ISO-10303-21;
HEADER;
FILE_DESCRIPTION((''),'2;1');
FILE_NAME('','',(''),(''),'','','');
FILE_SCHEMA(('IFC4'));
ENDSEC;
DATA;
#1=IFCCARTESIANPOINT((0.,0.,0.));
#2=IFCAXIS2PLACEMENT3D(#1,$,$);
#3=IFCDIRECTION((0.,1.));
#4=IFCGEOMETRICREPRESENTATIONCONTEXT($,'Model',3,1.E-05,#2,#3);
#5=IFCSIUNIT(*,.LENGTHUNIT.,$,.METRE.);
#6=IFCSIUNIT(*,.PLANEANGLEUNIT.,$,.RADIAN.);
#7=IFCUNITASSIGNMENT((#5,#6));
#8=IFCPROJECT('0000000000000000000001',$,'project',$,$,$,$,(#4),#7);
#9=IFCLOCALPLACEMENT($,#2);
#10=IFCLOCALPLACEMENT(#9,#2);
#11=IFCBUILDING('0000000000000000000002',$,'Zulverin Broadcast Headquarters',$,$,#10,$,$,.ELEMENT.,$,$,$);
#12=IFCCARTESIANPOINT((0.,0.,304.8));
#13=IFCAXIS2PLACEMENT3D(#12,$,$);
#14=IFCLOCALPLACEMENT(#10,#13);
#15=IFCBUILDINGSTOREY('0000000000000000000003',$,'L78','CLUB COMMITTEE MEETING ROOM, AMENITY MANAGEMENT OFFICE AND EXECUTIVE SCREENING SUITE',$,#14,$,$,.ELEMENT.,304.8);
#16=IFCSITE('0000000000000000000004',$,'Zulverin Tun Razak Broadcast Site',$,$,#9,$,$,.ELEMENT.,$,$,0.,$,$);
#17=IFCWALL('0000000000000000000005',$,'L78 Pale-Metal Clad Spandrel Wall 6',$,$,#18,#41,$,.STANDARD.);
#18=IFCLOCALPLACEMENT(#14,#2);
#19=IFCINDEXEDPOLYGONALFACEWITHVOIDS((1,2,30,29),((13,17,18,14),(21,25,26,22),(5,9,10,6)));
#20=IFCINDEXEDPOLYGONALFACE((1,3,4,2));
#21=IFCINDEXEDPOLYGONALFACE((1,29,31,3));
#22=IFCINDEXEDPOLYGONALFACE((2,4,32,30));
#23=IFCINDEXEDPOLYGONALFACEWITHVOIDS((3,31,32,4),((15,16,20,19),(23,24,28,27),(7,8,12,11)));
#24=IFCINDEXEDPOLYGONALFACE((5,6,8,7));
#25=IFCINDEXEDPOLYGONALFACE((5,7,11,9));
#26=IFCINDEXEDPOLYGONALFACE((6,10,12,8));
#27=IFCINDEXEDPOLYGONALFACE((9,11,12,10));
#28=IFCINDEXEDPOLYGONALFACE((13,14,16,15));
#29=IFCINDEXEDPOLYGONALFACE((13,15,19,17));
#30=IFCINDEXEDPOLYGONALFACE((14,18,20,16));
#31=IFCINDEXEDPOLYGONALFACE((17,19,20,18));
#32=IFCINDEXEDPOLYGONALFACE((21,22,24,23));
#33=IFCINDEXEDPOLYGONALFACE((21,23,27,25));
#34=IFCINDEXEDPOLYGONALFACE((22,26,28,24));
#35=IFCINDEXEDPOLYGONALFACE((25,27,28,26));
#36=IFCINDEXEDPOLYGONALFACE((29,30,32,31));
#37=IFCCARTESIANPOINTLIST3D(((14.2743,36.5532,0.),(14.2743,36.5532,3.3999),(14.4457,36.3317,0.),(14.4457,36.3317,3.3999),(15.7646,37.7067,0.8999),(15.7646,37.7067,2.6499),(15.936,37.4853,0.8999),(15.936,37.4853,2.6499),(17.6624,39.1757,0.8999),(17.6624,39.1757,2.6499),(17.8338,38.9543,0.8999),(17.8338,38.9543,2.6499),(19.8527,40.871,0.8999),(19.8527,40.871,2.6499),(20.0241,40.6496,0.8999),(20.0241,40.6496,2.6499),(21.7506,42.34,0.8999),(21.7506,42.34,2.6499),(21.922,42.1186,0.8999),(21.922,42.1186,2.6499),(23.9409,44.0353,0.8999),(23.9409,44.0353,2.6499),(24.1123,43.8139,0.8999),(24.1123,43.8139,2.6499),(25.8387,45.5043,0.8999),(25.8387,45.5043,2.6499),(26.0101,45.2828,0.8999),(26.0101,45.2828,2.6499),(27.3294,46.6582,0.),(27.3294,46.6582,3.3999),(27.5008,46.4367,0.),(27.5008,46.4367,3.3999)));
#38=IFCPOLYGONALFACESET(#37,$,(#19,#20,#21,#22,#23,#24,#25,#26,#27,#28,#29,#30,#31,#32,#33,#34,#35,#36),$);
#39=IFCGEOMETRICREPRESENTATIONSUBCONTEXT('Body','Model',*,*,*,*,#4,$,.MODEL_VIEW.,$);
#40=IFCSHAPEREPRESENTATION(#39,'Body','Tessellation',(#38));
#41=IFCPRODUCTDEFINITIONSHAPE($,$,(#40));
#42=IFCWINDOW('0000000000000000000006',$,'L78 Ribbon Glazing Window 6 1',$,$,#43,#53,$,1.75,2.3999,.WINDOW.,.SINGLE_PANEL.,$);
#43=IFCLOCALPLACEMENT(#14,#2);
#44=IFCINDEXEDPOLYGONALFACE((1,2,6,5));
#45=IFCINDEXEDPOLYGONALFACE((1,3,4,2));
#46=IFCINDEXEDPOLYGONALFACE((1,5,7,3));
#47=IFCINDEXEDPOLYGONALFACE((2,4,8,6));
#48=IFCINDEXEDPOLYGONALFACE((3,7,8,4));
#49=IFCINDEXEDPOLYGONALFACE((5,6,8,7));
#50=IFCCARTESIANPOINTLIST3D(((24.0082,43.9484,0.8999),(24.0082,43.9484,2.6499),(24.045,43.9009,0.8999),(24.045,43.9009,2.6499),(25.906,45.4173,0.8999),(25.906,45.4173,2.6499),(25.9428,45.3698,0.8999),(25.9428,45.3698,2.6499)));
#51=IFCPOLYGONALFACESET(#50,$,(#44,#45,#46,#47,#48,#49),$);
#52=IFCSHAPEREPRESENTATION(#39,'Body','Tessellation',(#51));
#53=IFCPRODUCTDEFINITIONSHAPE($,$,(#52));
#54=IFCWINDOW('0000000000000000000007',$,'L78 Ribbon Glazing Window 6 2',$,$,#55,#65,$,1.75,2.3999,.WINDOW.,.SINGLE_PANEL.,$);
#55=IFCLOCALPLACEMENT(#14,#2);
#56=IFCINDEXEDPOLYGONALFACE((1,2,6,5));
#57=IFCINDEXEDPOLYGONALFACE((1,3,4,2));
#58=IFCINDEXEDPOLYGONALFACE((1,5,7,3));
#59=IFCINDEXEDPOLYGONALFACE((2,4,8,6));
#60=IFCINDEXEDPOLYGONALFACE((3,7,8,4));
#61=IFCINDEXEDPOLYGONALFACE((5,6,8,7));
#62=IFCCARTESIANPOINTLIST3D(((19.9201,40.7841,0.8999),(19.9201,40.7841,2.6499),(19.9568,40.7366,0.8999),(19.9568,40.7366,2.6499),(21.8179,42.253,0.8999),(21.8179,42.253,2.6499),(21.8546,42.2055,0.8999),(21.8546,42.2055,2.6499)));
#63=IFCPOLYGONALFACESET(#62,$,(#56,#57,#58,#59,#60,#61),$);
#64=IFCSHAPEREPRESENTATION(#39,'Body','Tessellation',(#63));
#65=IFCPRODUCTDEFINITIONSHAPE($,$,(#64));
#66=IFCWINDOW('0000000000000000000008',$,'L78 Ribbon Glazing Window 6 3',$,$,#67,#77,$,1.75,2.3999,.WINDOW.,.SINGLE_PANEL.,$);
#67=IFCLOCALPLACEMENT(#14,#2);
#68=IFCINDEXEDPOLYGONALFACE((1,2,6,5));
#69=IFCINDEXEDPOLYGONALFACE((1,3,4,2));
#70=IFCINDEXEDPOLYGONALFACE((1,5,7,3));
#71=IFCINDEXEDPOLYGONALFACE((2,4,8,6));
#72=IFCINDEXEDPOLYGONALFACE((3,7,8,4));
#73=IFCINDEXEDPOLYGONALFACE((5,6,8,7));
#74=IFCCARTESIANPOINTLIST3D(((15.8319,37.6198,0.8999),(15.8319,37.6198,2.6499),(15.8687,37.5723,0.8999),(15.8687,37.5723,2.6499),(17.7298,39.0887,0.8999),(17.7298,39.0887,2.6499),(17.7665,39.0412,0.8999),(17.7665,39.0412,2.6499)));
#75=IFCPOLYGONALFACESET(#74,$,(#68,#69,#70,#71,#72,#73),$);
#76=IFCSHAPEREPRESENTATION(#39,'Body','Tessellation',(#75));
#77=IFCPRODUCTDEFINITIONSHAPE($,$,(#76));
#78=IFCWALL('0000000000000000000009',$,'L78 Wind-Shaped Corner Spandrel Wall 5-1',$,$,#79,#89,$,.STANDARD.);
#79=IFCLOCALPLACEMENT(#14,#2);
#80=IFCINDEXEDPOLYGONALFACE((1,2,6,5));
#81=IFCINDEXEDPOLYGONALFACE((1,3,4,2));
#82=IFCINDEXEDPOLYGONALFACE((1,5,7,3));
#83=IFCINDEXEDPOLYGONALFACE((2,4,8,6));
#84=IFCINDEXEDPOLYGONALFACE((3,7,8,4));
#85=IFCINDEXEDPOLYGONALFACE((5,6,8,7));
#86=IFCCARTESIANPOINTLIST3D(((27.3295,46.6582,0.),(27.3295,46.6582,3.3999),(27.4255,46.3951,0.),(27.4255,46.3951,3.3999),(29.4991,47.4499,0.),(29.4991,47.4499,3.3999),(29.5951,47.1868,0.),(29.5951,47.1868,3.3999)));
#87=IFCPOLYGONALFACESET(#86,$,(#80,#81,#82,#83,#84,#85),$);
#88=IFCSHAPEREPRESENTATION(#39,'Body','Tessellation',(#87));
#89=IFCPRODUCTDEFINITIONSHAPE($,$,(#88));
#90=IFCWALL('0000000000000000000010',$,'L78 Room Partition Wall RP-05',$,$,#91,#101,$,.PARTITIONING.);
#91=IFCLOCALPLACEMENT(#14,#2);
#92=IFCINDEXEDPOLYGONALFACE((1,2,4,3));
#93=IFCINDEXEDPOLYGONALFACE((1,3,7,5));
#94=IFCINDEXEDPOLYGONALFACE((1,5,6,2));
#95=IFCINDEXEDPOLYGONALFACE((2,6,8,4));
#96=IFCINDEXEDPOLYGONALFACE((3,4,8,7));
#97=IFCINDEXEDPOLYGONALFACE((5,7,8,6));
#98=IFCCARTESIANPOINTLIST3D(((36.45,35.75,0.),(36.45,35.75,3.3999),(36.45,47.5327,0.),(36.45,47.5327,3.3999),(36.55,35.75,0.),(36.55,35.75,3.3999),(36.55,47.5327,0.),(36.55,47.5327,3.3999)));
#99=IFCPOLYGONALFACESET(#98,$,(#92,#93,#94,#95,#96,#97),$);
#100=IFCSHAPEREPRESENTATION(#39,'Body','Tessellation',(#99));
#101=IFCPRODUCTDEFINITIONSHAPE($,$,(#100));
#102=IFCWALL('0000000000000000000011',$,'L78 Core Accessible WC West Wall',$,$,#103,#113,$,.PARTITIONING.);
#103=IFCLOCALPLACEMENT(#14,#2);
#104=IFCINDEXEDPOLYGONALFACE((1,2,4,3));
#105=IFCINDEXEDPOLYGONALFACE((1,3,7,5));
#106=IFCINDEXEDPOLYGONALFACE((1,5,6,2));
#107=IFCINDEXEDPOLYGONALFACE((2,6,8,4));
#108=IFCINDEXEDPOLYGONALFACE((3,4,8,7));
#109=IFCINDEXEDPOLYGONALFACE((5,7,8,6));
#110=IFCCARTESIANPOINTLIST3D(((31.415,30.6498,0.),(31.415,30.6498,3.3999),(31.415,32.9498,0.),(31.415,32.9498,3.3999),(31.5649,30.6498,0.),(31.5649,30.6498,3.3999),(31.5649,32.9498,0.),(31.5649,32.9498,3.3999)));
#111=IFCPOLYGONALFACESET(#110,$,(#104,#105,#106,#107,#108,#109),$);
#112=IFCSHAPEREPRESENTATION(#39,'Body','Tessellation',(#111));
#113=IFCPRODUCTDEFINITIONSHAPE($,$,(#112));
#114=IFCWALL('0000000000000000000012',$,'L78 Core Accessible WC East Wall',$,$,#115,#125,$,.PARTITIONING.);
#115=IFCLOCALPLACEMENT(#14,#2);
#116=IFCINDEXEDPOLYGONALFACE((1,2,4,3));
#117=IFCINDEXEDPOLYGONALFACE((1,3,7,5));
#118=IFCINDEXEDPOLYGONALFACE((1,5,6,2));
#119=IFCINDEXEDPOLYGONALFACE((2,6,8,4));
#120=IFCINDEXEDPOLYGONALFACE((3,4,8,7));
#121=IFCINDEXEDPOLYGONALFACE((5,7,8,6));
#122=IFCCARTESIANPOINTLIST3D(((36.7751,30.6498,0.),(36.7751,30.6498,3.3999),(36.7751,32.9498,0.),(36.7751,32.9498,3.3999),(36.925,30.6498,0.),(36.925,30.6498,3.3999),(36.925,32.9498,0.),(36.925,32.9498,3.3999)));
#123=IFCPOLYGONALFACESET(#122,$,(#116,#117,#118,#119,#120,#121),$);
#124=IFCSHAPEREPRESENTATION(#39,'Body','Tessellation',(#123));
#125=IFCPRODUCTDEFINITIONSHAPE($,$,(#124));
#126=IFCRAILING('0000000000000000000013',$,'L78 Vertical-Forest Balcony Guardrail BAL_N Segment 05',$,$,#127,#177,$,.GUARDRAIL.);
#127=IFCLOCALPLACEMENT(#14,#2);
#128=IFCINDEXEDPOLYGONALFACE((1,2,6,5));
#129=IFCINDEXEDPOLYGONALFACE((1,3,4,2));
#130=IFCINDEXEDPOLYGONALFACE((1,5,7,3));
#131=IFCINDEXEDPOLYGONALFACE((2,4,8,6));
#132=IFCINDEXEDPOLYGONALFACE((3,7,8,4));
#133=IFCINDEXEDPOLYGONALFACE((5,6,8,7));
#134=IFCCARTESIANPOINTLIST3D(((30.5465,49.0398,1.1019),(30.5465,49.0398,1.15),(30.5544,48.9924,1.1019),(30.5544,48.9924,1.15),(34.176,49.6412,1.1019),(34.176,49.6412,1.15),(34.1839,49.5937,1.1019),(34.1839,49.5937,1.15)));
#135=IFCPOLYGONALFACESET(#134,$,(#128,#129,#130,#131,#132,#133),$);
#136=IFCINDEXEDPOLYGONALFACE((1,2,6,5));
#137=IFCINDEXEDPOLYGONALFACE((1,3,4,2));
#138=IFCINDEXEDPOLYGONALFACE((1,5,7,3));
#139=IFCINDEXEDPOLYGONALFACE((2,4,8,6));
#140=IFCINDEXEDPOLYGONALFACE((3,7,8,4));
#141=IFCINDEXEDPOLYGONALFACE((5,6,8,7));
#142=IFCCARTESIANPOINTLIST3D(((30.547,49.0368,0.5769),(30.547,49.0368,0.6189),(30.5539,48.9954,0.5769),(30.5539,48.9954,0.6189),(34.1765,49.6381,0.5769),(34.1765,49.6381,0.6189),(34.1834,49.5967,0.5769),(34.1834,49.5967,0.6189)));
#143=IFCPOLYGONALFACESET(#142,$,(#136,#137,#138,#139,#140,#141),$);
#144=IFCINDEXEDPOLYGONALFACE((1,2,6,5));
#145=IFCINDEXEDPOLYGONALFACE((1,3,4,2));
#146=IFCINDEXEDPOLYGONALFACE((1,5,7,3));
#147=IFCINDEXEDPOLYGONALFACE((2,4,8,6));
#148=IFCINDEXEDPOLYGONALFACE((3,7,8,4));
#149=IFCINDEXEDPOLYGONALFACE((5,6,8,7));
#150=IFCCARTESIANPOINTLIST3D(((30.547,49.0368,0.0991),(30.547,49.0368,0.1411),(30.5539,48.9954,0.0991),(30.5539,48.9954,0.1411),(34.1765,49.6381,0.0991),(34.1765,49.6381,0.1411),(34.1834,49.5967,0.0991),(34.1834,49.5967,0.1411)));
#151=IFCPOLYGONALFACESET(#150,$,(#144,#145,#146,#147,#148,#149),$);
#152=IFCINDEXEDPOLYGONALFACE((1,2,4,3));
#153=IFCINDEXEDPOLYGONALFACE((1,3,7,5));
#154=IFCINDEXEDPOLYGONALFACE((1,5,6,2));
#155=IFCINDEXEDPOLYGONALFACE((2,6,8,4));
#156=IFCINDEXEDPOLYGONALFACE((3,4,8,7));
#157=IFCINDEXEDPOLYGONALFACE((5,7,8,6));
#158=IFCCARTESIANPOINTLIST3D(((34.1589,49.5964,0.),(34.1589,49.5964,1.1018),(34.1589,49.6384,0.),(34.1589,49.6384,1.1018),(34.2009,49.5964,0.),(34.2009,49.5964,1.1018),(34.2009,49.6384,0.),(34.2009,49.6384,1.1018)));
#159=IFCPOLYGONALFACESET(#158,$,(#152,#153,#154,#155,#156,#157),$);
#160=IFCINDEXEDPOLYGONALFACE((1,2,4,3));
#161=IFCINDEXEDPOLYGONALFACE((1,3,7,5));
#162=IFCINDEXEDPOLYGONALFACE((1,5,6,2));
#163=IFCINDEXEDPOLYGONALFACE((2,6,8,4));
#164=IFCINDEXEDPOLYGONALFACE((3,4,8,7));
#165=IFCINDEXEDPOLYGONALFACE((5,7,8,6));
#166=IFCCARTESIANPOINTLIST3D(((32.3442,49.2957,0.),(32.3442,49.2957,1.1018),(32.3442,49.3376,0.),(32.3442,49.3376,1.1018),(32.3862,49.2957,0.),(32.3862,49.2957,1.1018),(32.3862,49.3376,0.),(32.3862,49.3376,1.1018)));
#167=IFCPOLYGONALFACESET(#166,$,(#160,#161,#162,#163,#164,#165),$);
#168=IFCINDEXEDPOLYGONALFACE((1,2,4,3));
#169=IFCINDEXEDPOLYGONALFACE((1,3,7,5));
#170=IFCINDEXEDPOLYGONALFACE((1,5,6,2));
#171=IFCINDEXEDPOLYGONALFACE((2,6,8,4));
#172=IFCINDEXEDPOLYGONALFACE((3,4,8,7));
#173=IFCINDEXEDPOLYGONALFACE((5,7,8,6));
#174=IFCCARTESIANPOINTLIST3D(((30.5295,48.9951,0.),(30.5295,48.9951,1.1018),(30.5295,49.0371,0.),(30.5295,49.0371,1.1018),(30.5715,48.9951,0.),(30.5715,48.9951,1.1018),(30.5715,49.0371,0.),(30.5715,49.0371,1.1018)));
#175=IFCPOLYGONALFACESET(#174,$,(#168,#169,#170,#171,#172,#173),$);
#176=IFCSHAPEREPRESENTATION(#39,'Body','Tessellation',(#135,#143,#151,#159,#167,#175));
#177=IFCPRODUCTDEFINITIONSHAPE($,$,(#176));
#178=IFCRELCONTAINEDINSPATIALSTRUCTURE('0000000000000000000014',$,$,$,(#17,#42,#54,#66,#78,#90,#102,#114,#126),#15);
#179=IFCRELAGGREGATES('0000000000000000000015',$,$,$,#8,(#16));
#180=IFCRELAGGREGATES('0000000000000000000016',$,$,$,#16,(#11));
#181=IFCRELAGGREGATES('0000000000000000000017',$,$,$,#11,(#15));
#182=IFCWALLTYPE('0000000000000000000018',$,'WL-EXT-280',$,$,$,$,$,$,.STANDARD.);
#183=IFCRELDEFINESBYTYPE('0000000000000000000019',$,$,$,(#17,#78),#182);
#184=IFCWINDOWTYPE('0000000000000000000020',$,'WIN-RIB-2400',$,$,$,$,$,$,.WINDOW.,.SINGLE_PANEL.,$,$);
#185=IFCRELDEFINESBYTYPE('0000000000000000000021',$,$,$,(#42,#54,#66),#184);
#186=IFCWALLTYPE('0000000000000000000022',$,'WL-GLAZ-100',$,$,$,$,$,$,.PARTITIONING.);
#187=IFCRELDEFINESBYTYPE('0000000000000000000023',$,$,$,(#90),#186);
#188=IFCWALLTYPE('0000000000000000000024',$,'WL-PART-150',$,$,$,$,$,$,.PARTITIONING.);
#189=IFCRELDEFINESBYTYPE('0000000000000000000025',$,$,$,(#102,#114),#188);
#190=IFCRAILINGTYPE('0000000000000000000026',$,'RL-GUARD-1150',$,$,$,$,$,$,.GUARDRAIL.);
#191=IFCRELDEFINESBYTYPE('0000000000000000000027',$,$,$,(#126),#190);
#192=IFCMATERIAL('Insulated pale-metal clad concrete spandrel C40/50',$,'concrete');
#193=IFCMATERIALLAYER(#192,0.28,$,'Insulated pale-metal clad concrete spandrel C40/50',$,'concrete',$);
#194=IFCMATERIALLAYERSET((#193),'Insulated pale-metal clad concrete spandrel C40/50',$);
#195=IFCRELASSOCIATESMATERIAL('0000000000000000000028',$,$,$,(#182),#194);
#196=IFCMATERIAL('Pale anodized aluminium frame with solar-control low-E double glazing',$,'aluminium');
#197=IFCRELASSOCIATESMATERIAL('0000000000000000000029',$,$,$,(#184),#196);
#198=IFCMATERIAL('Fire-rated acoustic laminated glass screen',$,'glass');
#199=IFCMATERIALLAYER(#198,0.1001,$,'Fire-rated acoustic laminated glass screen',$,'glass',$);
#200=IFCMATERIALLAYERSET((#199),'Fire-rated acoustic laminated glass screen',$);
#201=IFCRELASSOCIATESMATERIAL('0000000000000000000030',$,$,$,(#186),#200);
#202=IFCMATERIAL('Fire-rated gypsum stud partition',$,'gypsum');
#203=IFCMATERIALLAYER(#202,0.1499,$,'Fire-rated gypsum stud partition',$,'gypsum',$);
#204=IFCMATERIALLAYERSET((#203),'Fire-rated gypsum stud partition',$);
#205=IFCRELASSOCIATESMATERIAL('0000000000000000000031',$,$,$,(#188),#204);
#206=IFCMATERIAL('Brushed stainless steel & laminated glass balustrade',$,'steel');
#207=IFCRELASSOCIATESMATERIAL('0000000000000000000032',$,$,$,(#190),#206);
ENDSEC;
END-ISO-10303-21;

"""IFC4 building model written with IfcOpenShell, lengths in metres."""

from ifc_helpers import new_model, si_unit, direction, frame, frame_2d, origin, origin_2d, place, context, subcontext, project, spatial, rectangle, extrude, material, layer, layer_set, type_object, element, fill, save


model = new_model("IFC4")

# Units and contexts
model_context = context("Model", 3, precision=1e-05, world=origin(), true_north=direction((0.0, 1.0)))
body_context = subcontext(model_context, "Body", "Model", "MODEL_VIEW")
ifc_project = project(units=[si_unit("LENGTHUNIT", "METRE"), si_unit("PLANEANGLEUNIT", "RADIAN")], contexts=[model_context])

# Site, building, storey
site_placement = place(None, origin())
site = spatial("IfcSite", under=ifc_project, at=site_placement, Name="Zulverin Tun Razak Broadcast Site", CompositionType="ELEMENT", RefElevation=0.0)
building_placement = place(site_placement, origin())
building = spatial("IfcBuilding", under=site, at=building_placement, Name="Zulverin Broadcast Headquarters", CompositionType="ELEMENT")
storey_placement = place(building_placement, frame((0.0, 0.0, 304.8)))
storey = spatial("IfcBuildingStorey", under=building, at=storey_placement, Name="L78", Description="CLUB COMMITTEE MEETING ROOM, AMENITY MANAGEMENT OFFICE AND EXECUTIVE SCREENING SUITE", CompositionType="ELEMENT", Elevation=304.8)

# Wall, openings, windows
ifc_material_1 = material(Name="Insulated pale-metal clad concrete spandrel C40/50", Category="concrete")
ifc_layer_1 = layer(ifc_material_1, 0.28, Name="Insulated pale-metal clad concrete spandrel C40/50", Category="concrete")
ifc_layer_set_1 = layer_set([ifc_layer_1], Name="Insulated pale-metal clad concrete spandrel C40/50")
wall_type_1 = type_object("IfcWallType", Name="WL-EXT-280", PredefinedType="STANDARD", material=ifc_layer_set_1)
wall_1_placement = place(storey_placement, frame((27.415, 46.5474, 0.0), z_axis=(0.0, 0.0, 1.0), x_axis=(-0.79079, -0.612088, 0.0)))
wall_1 = element("IfcWall", 1, at=wall_1_placement, inside=storey, type_object=wall_type_1, Name="L78 Pale-Metal Clad Spandrel Wall 6", PredefinedType="STANDARD", context=body_context, shape_type="SweptSolid", body=[
    extrude(rectangle(XDim=16.509, YDim=0.28, at=frame_2d((8.2544, 0.0))), origin(), (0.0, 0.0, 1.0), 3.3999),
])
opening_1_placement = place(wall_1_placement, frame((1.885, 0.0, 0.8999)))
opening_1 = element("IfcOpeningElement", 2, at=opening_1_placement, cuts=wall_1, PredefinedType="OPENING", context=body_context, shape_type="SweptSolid", body=[
    extrude(rectangle(XDim=2.3999, YDim=1.75, at=frame_2d((1.2, 0.875))), frame((0.0, 0.1499, 0.0), z_axis=(0.0, -1.0, 0.0), x_axis=(1.0, 0.0, 0.0)), (0.0, 0.0, 1.0), 0.3),
])
opening_2_placement = place(wall_1_placement, frame((7.0547, 0.0, 0.8999)))
opening_2 = element("IfcOpeningElement", 3, at=opening_2_placement, cuts=wall_1, PredefinedType="OPENING", context=body_context, shape_type="SweptSolid", body=[
    extrude(rectangle(XDim=2.3999, YDim=1.75, at=frame_2d((1.2, 0.875))), frame((0.0, 0.1499, 0.0), z_axis=(0.0, -1.0, 0.0), x_axis=(1.0, 0.0, 0.0)), (0.0, 0.0, 1.0), 0.3),
])
opening_3_placement = place(wall_1_placement, frame((12.2244, 0.0, 0.8999)))
opening_3 = element("IfcOpeningElement", 4, at=opening_3_placement, cuts=wall_1, PredefinedType="OPENING", context=body_context, shape_type="SweptSolid", body=[
    extrude(rectangle(XDim=2.3999, YDim=1.75, at=frame_2d((1.2, 0.875))), frame((0.0, 0.1499, 0.0), z_axis=(0.0, -1.0, 0.0), x_axis=(1.0, 0.0, 0.0)), (0.0, 0.0, 1.0), 0.3),
])
ifc_material_2 = material(Name="Pale anodized aluminium frame with solar-control low-E double glazing", Category="aluminium")
window_type = type_object("IfcWindowType", Name="WIN-RIB-2400", PartitioningType="SINGLE_PANEL", PredefinedType="WINDOW", material=ifc_material_2)
window_1_placement = place(opening_1_placement, origin())
window_1 = element("IfcWindow", 5, at=window_1_placement, inside=storey, type_object=window_type, Name="L78 Ribbon Glazing Window 6 1", OverallHeight=1.75, OverallWidth=2.3999, PartitioningType="SINGLE_PANEL", PredefinedType="WINDOW", context=body_context, shape_type="SweptSolid", body=[
    extrude(rectangle(XDim=2.3999, YDim=1.75, at=frame_2d((1.2, 0.875))), frame((0.0, 0.03, 0.0), z_axis=(0.0, -1.0, 0.0), x_axis=(1.0, 0.0, 0.0)), (0.0, 0.0, 1.0), 0.0601),
])
fill(opening_1, window_1)
window_2_placement = place(opening_2_placement, origin())
window_2 = element("IfcWindow", 6, at=window_2_placement, inside=storey, type_object=window_type, Name="L78 Ribbon Glazing Window 6 2", OverallHeight=1.75, OverallWidth=2.3999, PartitioningType="SINGLE_PANEL", PredefinedType="WINDOW", context=body_context, shape_type="SweptSolid", body=[
    extrude(rectangle(XDim=2.3999, YDim=1.75, at=frame_2d((1.2, 0.875))), frame((0.0, 0.03, 0.0), z_axis=(0.0, -1.0, 0.0), x_axis=(1.0, 0.0, 0.0)), (0.0, 0.0, 1.0), 0.0601),
])
fill(opening_2, window_2)
window_3_placement = place(opening_3_placement, origin())
window_3 = element("IfcWindow", 7, at=window_3_placement, inside=storey, type_object=window_type, Name="L78 Ribbon Glazing Window 6 3", OverallHeight=1.75, OverallWidth=2.3999, PartitioningType="SINGLE_PANEL", PredefinedType="WINDOW", context=body_context, shape_type="SweptSolid", body=[
    extrude(rectangle(XDim=2.3999, YDim=1.75, at=frame_2d((1.2, 0.875))), frame((0.0, 0.03, 0.0), z_axis=(0.0, -1.0, 0.0), x_axis=(1.0, 0.0, 0.0)), (0.0, 0.0, 1.0), 0.0601),
])
fill(opening_3, window_3)

# Walls
wall_2_placement = place(storey_placement, frame((29.5471, 47.3184, 0.0), z_axis=(0.0, 0.0, 1.0), x_axis=(-0.939407, -0.342804, 0.0)))
element("IfcWall", 8, at=wall_2_placement, inside=storey, type_object=wall_type_1, Name="L78 Wind-Shaped Corner Spandrel Wall 5-1", PredefinedType="STANDARD", context=body_context, shape_type="SweptSolid", body=[
    extrude(rectangle(XDim=2.3096, YDim=0.28, at=frame_2d((1.1548, 0.0))), origin(), (0.0, 0.0, 1.0), 3.3999),
])
ifc_material_3 = material(Name="Fire-rated acoustic laminated glass screen", Category="glass")
ifc_layer_2 = layer(ifc_material_3, 0.1001, Name="Fire-rated acoustic laminated glass screen", Category="glass")
ifc_layer_set_2 = layer_set([ifc_layer_2], Name="Fire-rated acoustic laminated glass screen")
wall_type_2 = type_object("IfcWallType", Name="WL-GLAZ-100", PredefinedType="PARTITIONING", material=ifc_layer_set_2)
wall_3_placement = place(storey_placement, frame((36.5, 35.75, 0.0), z_axis=(0.0, 0.0, 1.0), x_axis=(0.0, 1.0, 0.0)))
element("IfcWall", 9, at=wall_3_placement, inside=storey, type_object=wall_type_2, Name="L78 Room Partition Wall RP-05", PredefinedType="PARTITIONING", context=body_context, shape_type="SweptSolid", body=[
    extrude(rectangle(XDim=11.7827, YDim=0.1001, at=frame_2d((5.8914, 0.0))), origin(), (0.0, 0.0, 1.0), 3.3999),
])
ifc_material_4 = material(Name="Fire-rated gypsum stud partition", Category="gypsum")
ifc_layer_3 = layer(ifc_material_4, 0.1499, Name="Fire-rated gypsum stud partition", Category="gypsum")
ifc_layer_set_3 = layer_set([ifc_layer_3], Name="Fire-rated gypsum stud partition")
wall_type_3 = type_object("IfcWallType", Name="WL-PART-150", PredefinedType="PARTITIONING", material=ifc_layer_set_3)
for number, where, z_axis, x_axis, name in (
    (10, (31.49, 30.6499, 0.0), (0.0, 0.0, 1.0), (0.0, 1.0, 0.0), "L78 Core Accessible WC West Wall"),
    (11, (36.8501, 30.6499, 0.0), (0.0, 0.0, 1.0), (0.0, 1.0, 0.0), "L78 Core Accessible WC East Wall"),
):
    element("IfcWall", number, at=place(storey_placement, frame(where, z_axis=z_axis, x_axis=x_axis)), inside=storey, type_object=wall_type_3, Name=name, PredefinedType="PARTITIONING", context=body_context, shape_type="SweptSolid", body=[
        extrude(rectangle(XDim=2.3, YDim=0.1499, at=frame_2d((1.1499, 0.0))), origin(), (0.0, 0.0, 1.0), 3.3999),
    ])

# Railing
ifc_material_5 = material(Name="Brushed stainless steel & laminated glass balustrade", Category="steel")
railing_type = type_object("IfcRailingType", Name="RL-GUARD-1150", PredefinedType="GUARDRAIL", material=ifc_material_5)
railing_1_placement = place(storey_placement, frame((34.1799, 49.6174, 0.0)))
element("IfcRailing", 12, at=railing_1_placement, inside=storey, type_object=railing_type, Name="L78 Vertical-Forest Balcony Guardrail BAL_N Segment 05", PredefinedType="GUARDRAIL", context=body_context, shape_type="SweptSolid", body=[
    extrude(rectangle(XDim=0.0481, YDim=0.0481, at=origin_2d()), frame((0.0, 0.0, 1.126), z_axis=(-0.986551, -0.163452, 0.0), x_axis=(0.163452, -0.986551, 0.0)), (0.0, 0.0, 1.0), 3.679),
    extrude(rectangle(XDim=0.042, YDim=0.042, at=origin_2d()), frame((0.0, 0.0, 0.5979), z_axis=(-0.986551, -0.163452, 0.0), x_axis=(0.163452, -0.986551, 0.0)), (0.0, 0.0, 1.0), 3.679),
    extrude(rectangle(XDim=0.042, YDim=0.042, at=origin_2d()), frame((0.0, 0.0, 0.1201), z_axis=(-0.986551, -0.163452, 0.0), x_axis=(0.163452, -0.986551, 0.0)), (0.0, 0.0, 1.0), 3.679),
    extrude(rectangle(XDim=0.042, YDim=0.042, at=origin_2d()), origin(), (0.0, 0.0, 1.0), 1.1018),
    extrude(rectangle(XDim=0.042, YDim=0.042, at=origin_2d()), frame((-1.8147, -0.3008, 0.0)), (0.0, 0.0, 1.0), 1.1018),
    extrude(rectangle(XDim=0.042, YDim=0.042, at=origin_2d()), frame((-3.6294, -0.6013, 0.0)), (0.0, 0.0, 1.0), 1.1018),
])

save(model, "model.ifc")
